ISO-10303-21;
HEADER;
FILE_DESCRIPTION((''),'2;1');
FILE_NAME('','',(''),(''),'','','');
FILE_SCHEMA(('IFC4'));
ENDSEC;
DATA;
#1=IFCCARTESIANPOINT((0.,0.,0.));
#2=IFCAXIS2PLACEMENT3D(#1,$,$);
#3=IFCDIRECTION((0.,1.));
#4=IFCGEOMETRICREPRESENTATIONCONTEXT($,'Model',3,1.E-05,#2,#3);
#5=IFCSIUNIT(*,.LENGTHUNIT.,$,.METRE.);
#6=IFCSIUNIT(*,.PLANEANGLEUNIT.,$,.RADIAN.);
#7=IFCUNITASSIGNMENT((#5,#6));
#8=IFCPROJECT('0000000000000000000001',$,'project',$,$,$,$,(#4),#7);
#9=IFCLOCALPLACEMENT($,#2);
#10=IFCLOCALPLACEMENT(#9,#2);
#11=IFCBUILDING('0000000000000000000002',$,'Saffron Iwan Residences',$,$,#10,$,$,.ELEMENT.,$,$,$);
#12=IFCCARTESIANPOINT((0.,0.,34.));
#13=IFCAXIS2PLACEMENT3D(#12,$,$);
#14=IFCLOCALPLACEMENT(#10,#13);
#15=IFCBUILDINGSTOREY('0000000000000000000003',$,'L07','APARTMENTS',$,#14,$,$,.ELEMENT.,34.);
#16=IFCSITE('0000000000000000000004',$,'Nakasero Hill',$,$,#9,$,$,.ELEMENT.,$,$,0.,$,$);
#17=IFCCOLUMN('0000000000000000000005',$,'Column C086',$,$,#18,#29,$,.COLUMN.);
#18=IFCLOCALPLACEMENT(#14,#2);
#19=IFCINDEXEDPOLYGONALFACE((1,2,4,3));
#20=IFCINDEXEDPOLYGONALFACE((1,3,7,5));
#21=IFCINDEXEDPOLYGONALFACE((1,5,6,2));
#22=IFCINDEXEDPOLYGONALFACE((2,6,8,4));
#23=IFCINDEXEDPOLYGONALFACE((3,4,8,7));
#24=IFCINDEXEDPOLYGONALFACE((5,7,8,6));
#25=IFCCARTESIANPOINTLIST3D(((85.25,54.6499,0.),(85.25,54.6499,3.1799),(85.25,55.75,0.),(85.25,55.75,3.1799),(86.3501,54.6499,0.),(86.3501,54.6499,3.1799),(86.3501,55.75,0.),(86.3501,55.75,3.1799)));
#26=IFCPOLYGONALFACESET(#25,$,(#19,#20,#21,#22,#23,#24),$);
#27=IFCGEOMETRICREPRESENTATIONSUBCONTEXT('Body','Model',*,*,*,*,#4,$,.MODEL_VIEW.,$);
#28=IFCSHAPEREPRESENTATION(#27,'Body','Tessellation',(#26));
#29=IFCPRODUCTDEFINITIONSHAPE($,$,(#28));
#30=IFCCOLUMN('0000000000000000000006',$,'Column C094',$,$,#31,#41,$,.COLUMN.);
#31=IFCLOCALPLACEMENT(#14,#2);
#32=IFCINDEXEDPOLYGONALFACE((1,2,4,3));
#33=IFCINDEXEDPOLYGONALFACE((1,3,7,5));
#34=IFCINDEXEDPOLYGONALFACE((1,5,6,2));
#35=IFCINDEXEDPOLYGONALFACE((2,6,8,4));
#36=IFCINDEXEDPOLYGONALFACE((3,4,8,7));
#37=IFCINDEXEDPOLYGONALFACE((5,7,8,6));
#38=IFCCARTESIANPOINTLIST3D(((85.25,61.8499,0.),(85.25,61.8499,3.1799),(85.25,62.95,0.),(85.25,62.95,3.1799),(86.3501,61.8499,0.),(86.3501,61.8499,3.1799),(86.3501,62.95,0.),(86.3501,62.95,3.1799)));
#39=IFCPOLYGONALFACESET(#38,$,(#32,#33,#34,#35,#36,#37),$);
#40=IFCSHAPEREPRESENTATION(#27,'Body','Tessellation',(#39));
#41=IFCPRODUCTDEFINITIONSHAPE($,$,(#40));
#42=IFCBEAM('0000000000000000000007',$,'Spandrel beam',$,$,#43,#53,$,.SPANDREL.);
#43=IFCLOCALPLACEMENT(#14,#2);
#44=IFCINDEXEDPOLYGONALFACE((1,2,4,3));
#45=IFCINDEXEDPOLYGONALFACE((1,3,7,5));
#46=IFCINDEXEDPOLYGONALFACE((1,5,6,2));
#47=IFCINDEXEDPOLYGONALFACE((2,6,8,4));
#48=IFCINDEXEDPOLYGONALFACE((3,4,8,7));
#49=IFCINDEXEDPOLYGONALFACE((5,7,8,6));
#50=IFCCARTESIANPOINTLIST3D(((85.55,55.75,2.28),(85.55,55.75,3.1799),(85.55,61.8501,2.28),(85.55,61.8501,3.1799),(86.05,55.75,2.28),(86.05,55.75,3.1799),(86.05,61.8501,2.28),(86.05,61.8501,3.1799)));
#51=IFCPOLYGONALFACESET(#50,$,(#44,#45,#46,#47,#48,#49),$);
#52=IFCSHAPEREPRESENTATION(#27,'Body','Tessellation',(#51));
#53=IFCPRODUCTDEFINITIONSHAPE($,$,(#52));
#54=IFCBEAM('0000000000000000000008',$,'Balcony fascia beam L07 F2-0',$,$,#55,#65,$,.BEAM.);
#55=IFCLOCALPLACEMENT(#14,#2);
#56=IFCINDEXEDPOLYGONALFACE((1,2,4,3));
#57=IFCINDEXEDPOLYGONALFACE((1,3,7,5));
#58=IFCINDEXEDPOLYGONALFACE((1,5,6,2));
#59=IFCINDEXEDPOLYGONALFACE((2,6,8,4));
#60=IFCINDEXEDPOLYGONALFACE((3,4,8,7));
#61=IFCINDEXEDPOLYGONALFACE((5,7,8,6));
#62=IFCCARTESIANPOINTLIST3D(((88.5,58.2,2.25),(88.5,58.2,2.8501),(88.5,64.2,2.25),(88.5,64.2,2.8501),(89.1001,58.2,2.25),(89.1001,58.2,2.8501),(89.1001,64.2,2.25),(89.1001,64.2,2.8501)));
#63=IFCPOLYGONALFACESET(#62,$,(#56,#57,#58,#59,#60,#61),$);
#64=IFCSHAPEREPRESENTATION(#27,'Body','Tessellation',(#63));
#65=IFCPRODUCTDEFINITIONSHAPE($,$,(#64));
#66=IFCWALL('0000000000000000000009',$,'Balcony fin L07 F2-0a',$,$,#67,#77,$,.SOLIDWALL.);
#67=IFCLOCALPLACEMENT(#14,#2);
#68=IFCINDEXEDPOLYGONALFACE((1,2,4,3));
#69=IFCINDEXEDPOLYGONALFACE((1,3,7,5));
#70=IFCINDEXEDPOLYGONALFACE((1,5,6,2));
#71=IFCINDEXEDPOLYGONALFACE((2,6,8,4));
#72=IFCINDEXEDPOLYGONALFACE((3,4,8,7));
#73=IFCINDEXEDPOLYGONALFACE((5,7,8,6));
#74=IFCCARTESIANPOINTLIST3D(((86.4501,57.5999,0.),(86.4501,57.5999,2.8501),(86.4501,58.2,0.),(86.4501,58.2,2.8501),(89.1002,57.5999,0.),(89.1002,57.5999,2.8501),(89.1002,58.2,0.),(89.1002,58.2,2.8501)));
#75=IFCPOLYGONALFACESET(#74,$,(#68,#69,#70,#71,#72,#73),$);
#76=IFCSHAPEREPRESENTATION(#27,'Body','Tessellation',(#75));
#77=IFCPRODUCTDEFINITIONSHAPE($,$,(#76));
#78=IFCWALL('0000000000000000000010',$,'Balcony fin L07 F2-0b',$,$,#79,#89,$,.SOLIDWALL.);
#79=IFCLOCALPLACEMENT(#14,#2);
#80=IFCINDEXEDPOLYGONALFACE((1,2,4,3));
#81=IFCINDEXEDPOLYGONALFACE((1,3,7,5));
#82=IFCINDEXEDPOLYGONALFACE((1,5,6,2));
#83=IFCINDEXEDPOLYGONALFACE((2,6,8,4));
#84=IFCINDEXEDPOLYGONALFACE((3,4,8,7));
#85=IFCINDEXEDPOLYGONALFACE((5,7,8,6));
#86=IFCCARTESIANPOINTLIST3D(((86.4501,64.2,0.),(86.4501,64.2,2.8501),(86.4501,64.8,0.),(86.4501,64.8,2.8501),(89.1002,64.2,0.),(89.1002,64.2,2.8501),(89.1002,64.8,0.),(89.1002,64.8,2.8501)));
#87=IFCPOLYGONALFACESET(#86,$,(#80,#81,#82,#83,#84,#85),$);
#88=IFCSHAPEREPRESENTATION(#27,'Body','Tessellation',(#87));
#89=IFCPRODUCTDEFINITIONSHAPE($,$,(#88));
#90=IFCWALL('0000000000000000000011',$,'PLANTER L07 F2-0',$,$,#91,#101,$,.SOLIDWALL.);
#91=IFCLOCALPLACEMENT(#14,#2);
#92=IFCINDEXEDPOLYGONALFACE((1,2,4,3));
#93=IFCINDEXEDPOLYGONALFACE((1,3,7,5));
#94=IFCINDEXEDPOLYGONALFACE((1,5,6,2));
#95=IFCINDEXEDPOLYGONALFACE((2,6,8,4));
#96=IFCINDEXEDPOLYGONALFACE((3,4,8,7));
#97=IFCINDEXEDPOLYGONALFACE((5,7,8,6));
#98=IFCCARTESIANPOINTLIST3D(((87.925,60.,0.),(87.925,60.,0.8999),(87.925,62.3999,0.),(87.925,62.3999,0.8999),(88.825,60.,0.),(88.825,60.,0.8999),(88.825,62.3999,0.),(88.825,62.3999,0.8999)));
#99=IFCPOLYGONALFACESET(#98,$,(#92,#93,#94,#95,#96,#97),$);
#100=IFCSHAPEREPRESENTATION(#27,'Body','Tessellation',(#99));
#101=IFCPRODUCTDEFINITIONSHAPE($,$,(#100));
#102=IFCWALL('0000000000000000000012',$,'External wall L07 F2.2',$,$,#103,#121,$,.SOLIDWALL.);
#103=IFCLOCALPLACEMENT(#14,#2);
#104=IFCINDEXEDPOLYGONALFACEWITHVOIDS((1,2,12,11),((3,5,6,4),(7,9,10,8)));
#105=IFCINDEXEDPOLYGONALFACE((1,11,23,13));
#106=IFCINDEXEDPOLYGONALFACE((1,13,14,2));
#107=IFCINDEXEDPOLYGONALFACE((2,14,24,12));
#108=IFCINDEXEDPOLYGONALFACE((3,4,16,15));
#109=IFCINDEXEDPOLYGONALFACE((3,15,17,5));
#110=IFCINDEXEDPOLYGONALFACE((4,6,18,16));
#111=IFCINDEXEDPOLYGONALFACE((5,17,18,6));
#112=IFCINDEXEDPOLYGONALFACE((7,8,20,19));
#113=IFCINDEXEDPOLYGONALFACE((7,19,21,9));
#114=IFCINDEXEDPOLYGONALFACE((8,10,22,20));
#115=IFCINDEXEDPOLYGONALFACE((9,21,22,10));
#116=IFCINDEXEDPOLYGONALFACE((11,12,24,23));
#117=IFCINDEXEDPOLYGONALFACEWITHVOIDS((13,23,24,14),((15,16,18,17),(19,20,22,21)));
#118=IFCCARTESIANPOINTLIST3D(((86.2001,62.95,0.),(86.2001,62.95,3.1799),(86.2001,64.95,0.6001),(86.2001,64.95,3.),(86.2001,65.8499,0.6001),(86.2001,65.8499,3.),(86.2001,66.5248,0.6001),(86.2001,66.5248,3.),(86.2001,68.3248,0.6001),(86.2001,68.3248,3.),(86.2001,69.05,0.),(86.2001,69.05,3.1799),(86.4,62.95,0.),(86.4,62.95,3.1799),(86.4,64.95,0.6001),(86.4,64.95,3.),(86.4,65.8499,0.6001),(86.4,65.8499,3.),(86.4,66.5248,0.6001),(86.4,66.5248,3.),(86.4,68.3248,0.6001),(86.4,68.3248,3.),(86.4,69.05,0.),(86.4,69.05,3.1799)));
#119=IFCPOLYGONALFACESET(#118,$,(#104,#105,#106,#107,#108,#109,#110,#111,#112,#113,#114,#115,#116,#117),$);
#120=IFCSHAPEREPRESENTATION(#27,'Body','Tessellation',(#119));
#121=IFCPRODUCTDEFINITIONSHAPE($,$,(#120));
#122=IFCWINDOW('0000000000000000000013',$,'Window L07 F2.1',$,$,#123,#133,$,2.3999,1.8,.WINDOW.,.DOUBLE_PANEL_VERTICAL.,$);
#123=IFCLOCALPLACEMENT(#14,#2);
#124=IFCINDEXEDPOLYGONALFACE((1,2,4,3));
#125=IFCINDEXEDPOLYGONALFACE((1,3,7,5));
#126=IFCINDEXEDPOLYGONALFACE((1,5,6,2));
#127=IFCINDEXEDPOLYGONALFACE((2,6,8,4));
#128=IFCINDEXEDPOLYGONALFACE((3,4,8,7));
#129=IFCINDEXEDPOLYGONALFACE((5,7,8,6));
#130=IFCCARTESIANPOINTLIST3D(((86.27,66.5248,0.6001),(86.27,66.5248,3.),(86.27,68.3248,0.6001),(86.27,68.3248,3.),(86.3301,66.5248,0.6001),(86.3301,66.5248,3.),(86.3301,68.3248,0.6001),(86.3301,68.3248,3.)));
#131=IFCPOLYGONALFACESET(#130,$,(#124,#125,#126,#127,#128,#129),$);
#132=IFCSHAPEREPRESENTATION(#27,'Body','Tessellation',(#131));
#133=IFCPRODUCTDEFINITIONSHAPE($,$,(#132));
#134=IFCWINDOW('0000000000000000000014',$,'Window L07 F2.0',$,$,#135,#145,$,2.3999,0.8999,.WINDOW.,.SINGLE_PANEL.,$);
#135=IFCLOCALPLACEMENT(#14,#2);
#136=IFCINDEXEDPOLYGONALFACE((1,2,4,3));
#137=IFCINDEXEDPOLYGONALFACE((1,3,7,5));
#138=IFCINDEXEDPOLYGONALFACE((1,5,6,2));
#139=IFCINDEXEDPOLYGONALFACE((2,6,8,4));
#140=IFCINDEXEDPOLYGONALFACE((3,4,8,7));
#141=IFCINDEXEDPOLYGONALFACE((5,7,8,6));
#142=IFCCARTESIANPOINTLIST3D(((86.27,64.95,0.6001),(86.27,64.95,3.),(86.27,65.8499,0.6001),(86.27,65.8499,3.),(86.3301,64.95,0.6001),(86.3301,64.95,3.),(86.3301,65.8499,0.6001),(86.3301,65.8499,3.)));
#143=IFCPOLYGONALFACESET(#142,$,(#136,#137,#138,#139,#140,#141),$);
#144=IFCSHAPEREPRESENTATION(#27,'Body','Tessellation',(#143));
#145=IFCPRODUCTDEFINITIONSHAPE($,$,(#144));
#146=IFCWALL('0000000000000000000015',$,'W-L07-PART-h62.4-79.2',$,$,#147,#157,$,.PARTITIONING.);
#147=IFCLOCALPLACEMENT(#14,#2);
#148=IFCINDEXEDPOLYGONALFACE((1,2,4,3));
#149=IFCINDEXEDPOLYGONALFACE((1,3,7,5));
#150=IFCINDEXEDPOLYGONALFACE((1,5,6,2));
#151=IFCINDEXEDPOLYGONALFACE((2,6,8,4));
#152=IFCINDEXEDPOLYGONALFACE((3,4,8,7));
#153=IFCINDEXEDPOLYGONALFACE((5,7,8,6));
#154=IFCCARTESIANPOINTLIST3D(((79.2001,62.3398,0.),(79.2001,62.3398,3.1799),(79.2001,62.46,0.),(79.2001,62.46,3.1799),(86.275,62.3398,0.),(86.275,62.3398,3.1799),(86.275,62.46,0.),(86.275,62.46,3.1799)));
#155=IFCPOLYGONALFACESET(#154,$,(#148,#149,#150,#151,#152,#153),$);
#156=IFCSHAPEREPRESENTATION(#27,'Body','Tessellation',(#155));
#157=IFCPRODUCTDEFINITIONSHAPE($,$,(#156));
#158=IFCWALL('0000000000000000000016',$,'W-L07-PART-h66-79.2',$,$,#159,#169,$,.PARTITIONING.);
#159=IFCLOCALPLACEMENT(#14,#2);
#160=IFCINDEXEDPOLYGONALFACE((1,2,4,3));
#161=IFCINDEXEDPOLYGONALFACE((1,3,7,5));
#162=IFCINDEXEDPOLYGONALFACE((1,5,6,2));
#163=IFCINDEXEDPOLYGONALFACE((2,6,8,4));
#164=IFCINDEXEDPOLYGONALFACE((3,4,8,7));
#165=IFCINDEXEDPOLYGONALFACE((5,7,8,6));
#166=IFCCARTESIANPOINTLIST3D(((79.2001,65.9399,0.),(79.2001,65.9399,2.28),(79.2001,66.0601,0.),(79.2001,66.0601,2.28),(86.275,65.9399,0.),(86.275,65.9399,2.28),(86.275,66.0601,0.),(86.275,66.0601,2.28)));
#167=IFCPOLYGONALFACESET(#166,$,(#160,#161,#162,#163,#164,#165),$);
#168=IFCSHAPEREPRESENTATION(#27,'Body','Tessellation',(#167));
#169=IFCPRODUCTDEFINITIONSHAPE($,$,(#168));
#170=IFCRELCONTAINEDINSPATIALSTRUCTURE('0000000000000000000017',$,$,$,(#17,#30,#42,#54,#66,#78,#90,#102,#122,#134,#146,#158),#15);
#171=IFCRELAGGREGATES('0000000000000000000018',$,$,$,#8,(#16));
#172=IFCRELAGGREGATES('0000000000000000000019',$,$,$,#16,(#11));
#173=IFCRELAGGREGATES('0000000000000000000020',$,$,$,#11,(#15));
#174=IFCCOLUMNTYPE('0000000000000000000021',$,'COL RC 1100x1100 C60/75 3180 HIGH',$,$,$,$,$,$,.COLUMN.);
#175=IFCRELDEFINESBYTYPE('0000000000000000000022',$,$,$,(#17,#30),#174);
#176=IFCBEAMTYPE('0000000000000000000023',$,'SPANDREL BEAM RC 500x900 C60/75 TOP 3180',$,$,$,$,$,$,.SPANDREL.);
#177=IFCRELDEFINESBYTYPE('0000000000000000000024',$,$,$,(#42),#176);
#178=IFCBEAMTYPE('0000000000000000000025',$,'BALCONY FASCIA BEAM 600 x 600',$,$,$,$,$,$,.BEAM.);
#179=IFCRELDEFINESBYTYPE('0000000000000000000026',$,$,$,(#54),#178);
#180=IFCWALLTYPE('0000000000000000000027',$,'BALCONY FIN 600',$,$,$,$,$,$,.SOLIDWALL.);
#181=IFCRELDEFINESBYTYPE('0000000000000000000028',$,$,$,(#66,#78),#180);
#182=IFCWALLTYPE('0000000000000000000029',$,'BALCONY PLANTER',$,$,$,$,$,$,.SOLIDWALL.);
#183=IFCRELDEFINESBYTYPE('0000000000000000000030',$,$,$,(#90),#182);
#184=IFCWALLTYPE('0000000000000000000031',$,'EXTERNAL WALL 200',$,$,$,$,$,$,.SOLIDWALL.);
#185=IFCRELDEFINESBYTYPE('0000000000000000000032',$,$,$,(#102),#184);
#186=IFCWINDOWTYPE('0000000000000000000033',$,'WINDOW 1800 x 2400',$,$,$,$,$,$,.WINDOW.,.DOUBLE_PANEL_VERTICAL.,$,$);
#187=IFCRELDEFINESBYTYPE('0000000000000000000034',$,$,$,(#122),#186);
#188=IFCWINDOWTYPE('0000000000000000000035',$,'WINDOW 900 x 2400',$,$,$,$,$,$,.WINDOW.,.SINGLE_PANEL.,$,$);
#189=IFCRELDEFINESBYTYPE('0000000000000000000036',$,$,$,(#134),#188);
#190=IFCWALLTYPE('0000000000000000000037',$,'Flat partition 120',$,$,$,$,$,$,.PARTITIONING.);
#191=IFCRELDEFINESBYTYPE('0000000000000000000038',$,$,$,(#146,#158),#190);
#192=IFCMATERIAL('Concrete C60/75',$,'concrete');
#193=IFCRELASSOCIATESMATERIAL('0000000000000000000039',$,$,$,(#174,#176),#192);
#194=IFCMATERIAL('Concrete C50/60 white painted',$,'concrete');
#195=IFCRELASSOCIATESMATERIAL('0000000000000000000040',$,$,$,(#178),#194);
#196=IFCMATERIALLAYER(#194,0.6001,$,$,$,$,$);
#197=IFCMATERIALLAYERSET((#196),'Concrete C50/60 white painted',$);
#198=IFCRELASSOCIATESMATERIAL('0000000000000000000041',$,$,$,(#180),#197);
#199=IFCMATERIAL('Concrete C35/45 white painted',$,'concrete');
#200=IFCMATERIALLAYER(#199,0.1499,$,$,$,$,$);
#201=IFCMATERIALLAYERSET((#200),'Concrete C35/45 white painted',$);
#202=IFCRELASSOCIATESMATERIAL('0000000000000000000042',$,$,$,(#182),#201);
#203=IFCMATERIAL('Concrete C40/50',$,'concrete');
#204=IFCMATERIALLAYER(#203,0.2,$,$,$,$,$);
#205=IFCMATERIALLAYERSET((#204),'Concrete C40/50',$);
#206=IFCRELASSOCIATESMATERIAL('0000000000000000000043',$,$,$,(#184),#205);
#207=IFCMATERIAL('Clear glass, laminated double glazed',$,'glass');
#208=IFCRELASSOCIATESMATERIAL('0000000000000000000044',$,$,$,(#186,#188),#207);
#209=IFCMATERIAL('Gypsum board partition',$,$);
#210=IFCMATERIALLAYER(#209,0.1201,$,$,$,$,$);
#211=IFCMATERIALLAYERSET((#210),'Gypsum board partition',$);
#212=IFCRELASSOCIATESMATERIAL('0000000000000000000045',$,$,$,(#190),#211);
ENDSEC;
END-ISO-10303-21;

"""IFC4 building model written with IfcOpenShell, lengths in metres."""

from ifc_helpers import new_model, si_unit, direction, frame, frame_2d, origin, origin_2d, place, context, subcontext, project, spatial, rectangle, extrude, source, transform, mapped, material, layer, layer_set, material_profile, profile_set, type_object, element, fill, save


model = new_model("IFC4")

# Units and contexts
model_context = context("Model", 3, precision=1e-05, world=origin(), true_north=direction((0.0, 1.0)))
body_context = subcontext(model_context, "Body", "Model", "MODEL_VIEW")
ifc_project = project(units=[si_unit("LENGTHUNIT", "METRE"), si_unit("PLANEANGLEUNIT", "RADIAN")], contexts=[model_context])

# Site, building, storey
site_placement = place(None, origin())
site = spatial("IfcSite", under=ifc_project, at=site_placement, Name="Nakasero Hill", CompositionType="ELEMENT", RefElevation=0.0)
building_placement = place(site_placement, origin())
building = spatial("IfcBuilding", under=site, at=building_placement, Name="Saffron Iwan Residences", CompositionType="ELEMENT")
storey_placement = place(building_placement, frame((0.0, 0.0, 34.0)))
storey = spatial("IfcBuildingStorey", under=building, at=storey_placement, Name="L07", Description="APARTMENTS", CompositionType="ELEMENT", Elevation=34.0)

# Columns
ifc_material_1 = material(Name="Concrete C60/75", Category="concrete")
ifc_material_profile_1 = material_profile(ifc_material_1, rectangle(XDim=1.1001, YDim=1.1001, at=origin_2d()), Name="RC 1100x1100")
ifc_profile_set_1 = profile_set([ifc_material_profile_1], Name="Concrete C60/75")
column_type = type_object("IfcColumnType", Name="COL RC 1100x1100 C60/75 3180 HIGH", PredefinedType="COLUMN", material=ifc_profile_set_1)
shared_shape_1 = source(origin(), body_context, "Body", "SweptSolid", [
    extrude(rectangle(XDim=1.1001, YDim=1.1001, at=origin_2d()), origin(), (0.0, 0.0, 1.0), 3.1799),
])
for number, where, z_axis, x_axis, name in (
    (1, (85.8, 55.2, 0.0), (0.0, 0.0, 1.0), (1.0, 0.0, 0.0), "Column C086"),
    (2, (85.8, 62.3999, 0.0), (0.0, 0.0, 1.0), (1.0, 0.0, 0.0), "Column C094"),
):
    element("IfcColumn", number, at=place(storey_placement, frame(where, z_axis=z_axis, x_axis=x_axis)), inside=storey, type_object=column_type, Name=name, PredefinedType="COLUMN", context=body_context, shape_type="MappedRepresentation", body=[
        mapped(shared_shape_1, transform((0.0, 0.0, 0.0))),
    ])

# Beams
ifc_material_profile_2 = material_profile(ifc_material_1, rectangle(XDim=0.5, YDim=0.8999, at=origin_2d()), Name="RC 500x900")
ifc_profile_set_2 = profile_set([ifc_material_profile_2], Name="Concrete C60/75")
beam_type_1 = type_object("IfcBeamType", Name="SPANDREL BEAM RC 500x900 C60/75 TOP 3180", PredefinedType="SPANDREL", material=ifc_profile_set_2)
shared_shape_2 = source(origin(), body_context, "Body", "SweptSolid", [
    extrude(rectangle(XDim=0.5, YDim=0.8999, at=origin_2d()), origin(), (0.0, 0.0, 1.0), 6.1001),
])
beam_1_placement = place(storey_placement, frame((85.8, 61.8501, 2.73), z_axis=(0.0, -1.0, 0.0), x_axis=(1.0, 0.0, 0.0)))
element("IfcBeam", 3, at=beam_1_placement, inside=storey, type_object=beam_type_1, Name="Spandrel beam", PredefinedType="SPANDREL", context=body_context, shape_type="MappedRepresentation", body=[
    mapped(shared_shape_2, transform((0.0, 0.0, 0.0))),
])
ifc_material_2 = material(Name="Concrete C50/60 white painted", Category="concrete")
ifc_material_profile_3 = material_profile(ifc_material_2, rectangle(XDim=0.6001, YDim=0.6001, at=origin_2d()), Name="BALCONY FASCIA BEAM 600 x 600")
ifc_profile_set_3 = profile_set([ifc_material_profile_3], Name="Concrete C50/60 white painted")
beam_type_2 = type_object("IfcBeamType", Name="BALCONY FASCIA BEAM 600 x 600", PredefinedType="BEAM", material=ifc_profile_set_3)
shared_shape_3 = source(origin(), body_context, "Body", "SweptSolid", [
    extrude(rectangle(XDim=0.6001, YDim=0.6001, at=origin_2d()), origin(), (0.0, 0.0, 1.0), 6.0),
])
beam_2_placement = place(storey_placement, frame((88.8, 58.2, 2.55), z_axis=(0.0, 1.0, 0.0), x_axis=(-1.0, 0.0, 0.0)))
element("IfcBeam", 4, at=beam_2_placement, inside=storey, type_object=beam_type_2, Name="Balcony fascia beam L07 F2-0", PredefinedType="BEAM", context=body_context, shape_type="MappedRepresentation", body=[
    mapped(shared_shape_3, transform((0.0, 0.0, 0.0))),
])

# Walls
ifc_layer_1 = layer(ifc_material_2, 0.6001)
ifc_layer_set_1 = layer_set([ifc_layer_1], Name="Concrete C50/60 white painted")
wall_type_1 = type_object("IfcWallType", Name="BALCONY FIN 600", PredefinedType="SOLIDWALL", material=ifc_layer_set_1)
for number, where, z_axis, x_axis, name in (
    (5, (86.45, 57.8999, 0.0), (0.0, 0.0, 1.0), (1.0, 0.0, 0.0), "Balcony fin L07 F2-0a"),
    (6, (86.45, 64.5, 0.0), (0.0, 0.0, 1.0), (1.0, 0.0, 0.0), "Balcony fin L07 F2-0b"),
):
    element("IfcWall", number, at=place(storey_placement, frame(where, z_axis=z_axis, x_axis=x_axis)), inside=storey, type_object=wall_type_1, Name=name, PredefinedType="SOLIDWALL", context=body_context, shape_type="SweptSolid", body=[
        extrude(rectangle(XDim=2.6501, YDim=0.6001, at=frame_2d((1.3252, 0.0))), origin(), (0.0, 0.0, 1.0), 2.8501),
    ])
ifc_material_3 = material(Name="Concrete C35/45 white painted", Category="concrete")
ifc_layer_2 = layer(ifc_material_3, 0.1499)
ifc_layer_set_2 = layer_set([ifc_layer_2], Name="Concrete C35/45 white painted")
wall_type_2 = type_object("IfcWallType", Name="BALCONY PLANTER", PredefinedType="SOLIDWALL", material=ifc_layer_set_2)
wall_1_placement = place(storey_placement, frame((88.375, 60.0, 0.0), z_axis=(0.0, 0.0, 1.0), x_axis=(0.0, 1.0, 0.0)))
element("IfcWall", 7, at=wall_1_placement, inside=storey, type_object=wall_type_2, Name="PLANTER L07 F2-0", PredefinedType="SOLIDWALL", context=body_context, shape_type="SweptSolid", body=[
    extrude(rectangle(XDim=2.3999, YDim=0.8999, at=frame_2d((1.2, 0.0))), origin(), (0.0, 0.0, 1.0), 0.8999),
])

# Shared definitions
ifc_material_4 = material(Name="Concrete C40/50", Category="concrete")
ifc_layer_3 = layer(ifc_material_4, 0.2)
ifc_layer_set_3 = layer_set([ifc_layer_3], Name="Concrete C40/50")
wall_type_3 = type_object("IfcWallType", Name="EXTERNAL WALL 200", PredefinedType="SOLIDWALL", material=ifc_layer_set_3)
ifc_material_5 = material(Name="Clear glass, laminated double glazed", Category="glass")

# Wall, openings, windows
wall_2_placement = place(storey_placement, frame((86.3, 62.95, 0.0), z_axis=(0.0, 0.0, 1.0), x_axis=(0.0, 1.0, 0.0)))
wall_2 = element("IfcWall", 8, at=wall_2_placement, inside=storey, type_object=wall_type_3, Name="External wall L07 F2.2", PredefinedType="SOLIDWALL", context=body_context, shape_type="SweptSolid", body=[
    extrude(rectangle(XDim=6.1001, YDim=0.2, at=frame_2d((3.05, 0.0))), origin(), (0.0, 0.0, 1.0), 3.1799),
])
opening_1_placement = place(wall_2_placement, frame((2.0, 0.0, 0.6001)))
opening_1 = element("IfcOpeningElement", 9, at=opening_1_placement, cuts=wall_2, PredefinedType="OPENING", context=body_context, shape_type="SweptSolid", body=[
    extrude(rectangle(XDim=0.8999, YDim=2.3999, at=frame_2d((0.45, 1.2))), frame((0.0, 0.1099, 0.0), z_axis=(0.0, -1.0, 0.0), x_axis=(1.0, 0.0, 0.0)), (0.0, 0.0, 1.0), 0.22),
])
opening_2_placement = place(wall_2_placement, frame((3.575, 0.0, 0.6001)))
opening_2 = element("IfcOpeningElement", 10, at=opening_2_placement, cuts=wall_2, PredefinedType="OPENING", context=body_context, shape_type="SweptSolid", body=[
    extrude(rectangle(XDim=1.8, YDim=2.3999, at=frame_2d((0.8999, 1.2))), frame((0.0, 0.1099, 0.0), z_axis=(0.0, -1.0, 0.0), x_axis=(1.0, 0.0, 0.0)), (0.0, 0.0, 1.0), 0.22),
])
window_type_1 = type_object("IfcWindowType", Name="WINDOW 1800 x 2400", PartitioningType="DOUBLE_PANEL_VERTICAL", PredefinedType="WINDOW", material=ifc_material_5)
window_1_placement = place(opening_2_placement, origin())
window_1 = element("IfcWindow", 11, at=window_1_placement, inside=storey, type_object=window_type_1, Name="Window L07 F2.1", OverallHeight=2.3999, OverallWidth=1.8, PartitioningType="DOUBLE_PANEL_VERTICAL", PredefinedType="WINDOW", context=body_context, shape_type="SweptSolid", body=[
    extrude(rectangle(XDim=1.8, YDim=2.3999, at=frame_2d((0.8999, 1.2))), frame((0.0, 0.03, 0.0), z_axis=(0.0, -1.0, 0.0), x_axis=(1.0, 0.0, 0.0)), (0.0, 0.0, 1.0), 0.0601),
])
fill(opening_2, window_1)
window_type_2 = type_object("IfcWindowType", Name="WINDOW 900 x 2400", PartitioningType="SINGLE_PANEL", PredefinedType="WINDOW", material=ifc_material_5)
window_2_placement = place(opening_1_placement, origin())
window_2 = element("IfcWindow", 12, at=window_2_placement, inside=storey, type_object=window_type_2, Name="Window L07 F2.0", OverallHeight=2.3999, OverallWidth=0.8999, PartitioningType="SINGLE_PANEL", PredefinedType="WINDOW", context=body_context, shape_type="SweptSolid", body=[
    extrude(rectangle(XDim=0.8999, YDim=2.3999, at=frame_2d((0.45, 1.2))), frame((0.0, 0.03, 0.0), z_axis=(0.0, -1.0, 0.0), x_axis=(1.0, 0.0, 0.0)), (0.0, 0.0, 1.0), 0.0601),
])
fill(opening_1, window_2)

# Walls
ifc_material_6 = material(Name="Gypsum board partition")
ifc_layer_4 = layer(ifc_material_6, 0.1201)
ifc_layer_set_4 = layer_set([ifc_layer_4], Name="Gypsum board partition")
wall_type_4 = type_object("IfcWallType", Name="Flat partition 120", PredefinedType="PARTITIONING", material=ifc_layer_set_4)
wall_3_placement = place(storey_placement, frame((79.2, 62.3999, 0.0), z_axis=(0.0, 0.0, 1.0), x_axis=(1.0, 0.0, 0.0)))
element("IfcWall", 13, at=wall_3_placement, inside=storey, type_object=wall_type_4, Name="W-L07-PART-h62.4-79.2", PredefinedType="PARTITIONING", context=body_context, shape_type="SweptSolid", body=[
    extrude(rectangle(XDim=7.075, YDim=0.1201, at=frame_2d((3.5376, 0.0))), origin(), (0.0, 0.0, 1.0), 3.1799),
])
wall_4_placement = place(storey_placement, frame((79.2, 66.0, 0.0), z_axis=(0.0, 0.0, 1.0), x_axis=(1.0, 0.0, 0.0)))
element("IfcWall", 14, at=wall_4_placement, inside=storey, type_object=wall_type_4, Name="W-L07-PART-h66-79.2", PredefinedType="PARTITIONING", context=body_context, shape_type="SweptSolid", body=[
    extrude(rectangle(XDim=7.075, YDim=0.1201, at=frame_2d((3.5376, 0.0))), origin(), (0.0, 0.0, 1.0), 2.28),
])

save(model, "model.ifc")
